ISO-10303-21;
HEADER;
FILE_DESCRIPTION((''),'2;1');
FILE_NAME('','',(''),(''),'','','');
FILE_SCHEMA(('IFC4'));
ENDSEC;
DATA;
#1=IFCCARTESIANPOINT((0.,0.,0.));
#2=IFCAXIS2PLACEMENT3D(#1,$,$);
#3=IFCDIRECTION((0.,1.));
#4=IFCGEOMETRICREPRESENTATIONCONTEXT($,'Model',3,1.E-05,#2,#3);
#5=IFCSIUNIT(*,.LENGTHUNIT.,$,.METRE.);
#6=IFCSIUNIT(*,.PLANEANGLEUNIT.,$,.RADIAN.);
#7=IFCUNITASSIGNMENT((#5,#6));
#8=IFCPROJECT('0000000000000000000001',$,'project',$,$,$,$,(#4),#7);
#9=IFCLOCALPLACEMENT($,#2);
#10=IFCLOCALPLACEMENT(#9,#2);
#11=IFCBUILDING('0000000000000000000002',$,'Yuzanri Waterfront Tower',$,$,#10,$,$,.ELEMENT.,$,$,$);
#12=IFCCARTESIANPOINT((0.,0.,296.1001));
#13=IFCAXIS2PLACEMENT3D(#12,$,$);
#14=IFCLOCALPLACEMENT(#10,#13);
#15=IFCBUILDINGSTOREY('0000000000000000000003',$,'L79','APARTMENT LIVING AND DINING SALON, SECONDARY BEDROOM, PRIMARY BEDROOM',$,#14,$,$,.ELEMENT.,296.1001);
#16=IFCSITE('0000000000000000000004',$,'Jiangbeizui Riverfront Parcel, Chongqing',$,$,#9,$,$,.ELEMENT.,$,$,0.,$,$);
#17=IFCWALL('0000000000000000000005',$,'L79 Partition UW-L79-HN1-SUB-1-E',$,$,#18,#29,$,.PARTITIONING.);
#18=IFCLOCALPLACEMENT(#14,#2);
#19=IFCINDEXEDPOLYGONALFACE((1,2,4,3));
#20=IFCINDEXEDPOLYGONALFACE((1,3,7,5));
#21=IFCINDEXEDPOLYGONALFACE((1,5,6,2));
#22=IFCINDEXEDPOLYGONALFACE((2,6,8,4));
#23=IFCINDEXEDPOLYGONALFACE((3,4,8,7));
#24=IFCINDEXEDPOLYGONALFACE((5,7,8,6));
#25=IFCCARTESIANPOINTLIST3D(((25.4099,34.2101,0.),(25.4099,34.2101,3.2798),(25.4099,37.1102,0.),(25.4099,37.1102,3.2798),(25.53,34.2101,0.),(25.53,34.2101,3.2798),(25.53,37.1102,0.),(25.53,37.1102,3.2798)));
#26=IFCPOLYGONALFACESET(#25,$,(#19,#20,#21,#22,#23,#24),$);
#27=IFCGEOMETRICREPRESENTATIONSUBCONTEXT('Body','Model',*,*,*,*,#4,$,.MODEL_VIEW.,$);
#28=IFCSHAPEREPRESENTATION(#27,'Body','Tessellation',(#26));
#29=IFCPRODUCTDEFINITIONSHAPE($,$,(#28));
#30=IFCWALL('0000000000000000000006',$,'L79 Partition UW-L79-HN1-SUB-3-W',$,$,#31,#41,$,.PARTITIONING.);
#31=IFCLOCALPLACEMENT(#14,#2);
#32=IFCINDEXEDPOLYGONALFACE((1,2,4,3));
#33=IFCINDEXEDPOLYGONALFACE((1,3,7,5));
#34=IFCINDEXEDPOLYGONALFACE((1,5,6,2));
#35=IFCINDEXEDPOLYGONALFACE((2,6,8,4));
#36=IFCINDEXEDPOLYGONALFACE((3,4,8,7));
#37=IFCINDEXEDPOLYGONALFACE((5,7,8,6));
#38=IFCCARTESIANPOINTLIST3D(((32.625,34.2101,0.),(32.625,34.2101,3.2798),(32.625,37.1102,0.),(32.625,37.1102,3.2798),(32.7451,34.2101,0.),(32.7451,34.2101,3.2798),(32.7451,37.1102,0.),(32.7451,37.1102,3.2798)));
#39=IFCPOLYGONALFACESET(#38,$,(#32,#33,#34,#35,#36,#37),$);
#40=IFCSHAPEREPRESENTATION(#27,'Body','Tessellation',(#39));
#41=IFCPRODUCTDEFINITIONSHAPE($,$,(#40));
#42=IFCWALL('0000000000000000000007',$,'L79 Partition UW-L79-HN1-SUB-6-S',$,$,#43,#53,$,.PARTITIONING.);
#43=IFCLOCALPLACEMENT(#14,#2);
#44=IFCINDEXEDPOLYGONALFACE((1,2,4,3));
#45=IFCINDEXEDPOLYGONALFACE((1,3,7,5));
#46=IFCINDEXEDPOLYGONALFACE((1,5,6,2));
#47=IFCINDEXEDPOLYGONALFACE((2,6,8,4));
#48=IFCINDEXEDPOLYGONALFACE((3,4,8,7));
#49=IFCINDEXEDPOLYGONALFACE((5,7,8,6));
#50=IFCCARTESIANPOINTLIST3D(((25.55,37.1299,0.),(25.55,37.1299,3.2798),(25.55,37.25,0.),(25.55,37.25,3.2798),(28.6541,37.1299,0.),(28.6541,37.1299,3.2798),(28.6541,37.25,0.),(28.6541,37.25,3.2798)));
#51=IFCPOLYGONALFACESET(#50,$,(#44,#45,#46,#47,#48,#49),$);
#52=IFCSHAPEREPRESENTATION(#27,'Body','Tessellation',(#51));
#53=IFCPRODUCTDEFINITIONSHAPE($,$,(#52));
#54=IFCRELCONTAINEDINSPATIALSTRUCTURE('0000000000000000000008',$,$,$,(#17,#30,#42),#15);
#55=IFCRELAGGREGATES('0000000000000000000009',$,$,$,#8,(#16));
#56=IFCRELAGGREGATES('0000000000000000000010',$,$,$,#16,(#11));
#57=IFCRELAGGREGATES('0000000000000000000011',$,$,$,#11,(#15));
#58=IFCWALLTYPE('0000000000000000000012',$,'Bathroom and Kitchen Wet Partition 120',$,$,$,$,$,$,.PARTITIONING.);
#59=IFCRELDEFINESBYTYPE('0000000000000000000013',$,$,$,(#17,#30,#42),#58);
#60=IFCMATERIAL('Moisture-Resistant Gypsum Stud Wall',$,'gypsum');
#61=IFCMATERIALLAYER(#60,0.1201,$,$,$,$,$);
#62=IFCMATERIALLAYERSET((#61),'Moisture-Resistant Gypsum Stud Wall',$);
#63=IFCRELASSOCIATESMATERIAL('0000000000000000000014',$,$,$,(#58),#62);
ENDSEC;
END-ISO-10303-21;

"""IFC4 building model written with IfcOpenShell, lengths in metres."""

from ifc_helpers import new_model, si_unit, direction, frame, frame_2d, origin, place, context, subcontext, project, spatial, rectangle, extrude, source, transform, mapped, material, layer, layer_set, type_object, element, save


model = new_model("IFC4")

# Units and contexts
model_context = context("Model", 3, precision=1e-05, world=origin(), true_north=direction((0.0, 1.0)))
body_context = subcontext(model_context, "Body", "Model", "MODEL_VIEW")
ifc_project = project(units=[si_unit("LENGTHUNIT", "METRE"), si_unit("PLANEANGLEUNIT", "RADIAN")], contexts=[model_context])

# Site, building, storey
site_placement = place(None, origin())
site = spatial("IfcSite", under=ifc_project, at=site_placement, Name="Jiangbeizui Riverfront Parcel, Chongqing", CompositionType="ELEMENT", RefElevation=0.0)
building_placement = place(site_placement, origin())
building = spatial("IfcBuilding", under=site, at=building_placement, Name="Yuzanri Waterfront Tower", CompositionType="ELEMENT")
storey_placement = place(building_placement, frame((0.0, 0.0, 296.1001)))
storey = spatial("IfcBuildingStorey", under=building, at=storey_placement, Name="L79", Description="APARTMENT LIVING AND DINING SALON, SECONDARY BEDROOM, PRIMARY BEDROOM", CompositionType="ELEMENT", Elevation=296.1001)

# Shared definitions
ifc_material_1 = material(Name="Moisture-Resistant Gypsum Stud Wall", Category="gypsum")
ifc_layer_1 = layer(ifc_material_1, 0.1201)
ifc_layer_set_1 = layer_set([ifc_layer_1], Name="Moisture-Resistant Gypsum Stud Wall")
wall_type = type_object("IfcWallType", Name="Bathroom and Kitchen Wet Partition 120", PredefinedType="PARTITIONING", material=ifc_layer_set_1)

# Walls
shared_shape_1 = source(origin(), body_context, "Body", "SweptSolid", [
    extrude(rectangle(XDim=2.9001, YDim=0.1201, at=frame_2d((1.4502, 0.0))), origin(), (0.0, 0.0, 1.0), 3.2798),
])
for number, where, z_axis, x_axis, name in (
    (1, (25.47, 34.21, 0.0), (0.0, 0.0, 1.0), (0.0, 1.0, 0.0), "L79 Partition UW-L79-HN1-SUB-1-E"),
    (2, (32.6851, 34.21, 0.0), (0.0, 0.0, 1.0), (0.0, 1.0, 0.0), "L79 Partition UW-L79-HN1-SUB-3-W"),
):
    element("IfcWall", number, at=place(storey_placement, frame(where, z_axis=z_axis, x_axis=x_axis)), inside=storey, type_object=wall_type, Name=name, PredefinedType="PARTITIONING", context=body_context, shape_type="MappedRepresentation", body=[
        mapped(shared_shape_1, transform((0.0, 0.0, 0.0), scale=1.0)),
    ])
shared_shape_2 = source(origin(), body_context, "Body", "SweptSolid", [
    extrude(rectangle(XDim=3.104, YDim=0.1201, at=frame_2d((1.552, 0.0))), origin(), (0.0, 0.0, 1.0), 3.2798),
])
wall_1_placement = place(storey_placement, frame((25.55, 37.1899, 0.0), z_axis=(0.0, 0.0, 1.0), x_axis=(1.0, 0.0, 0.0)))
element("IfcWall", 3, at=wall_1_placement, inside=storey, type_object=wall_type, Name="L79 Partition UW-L79-HN1-SUB-6-S", PredefinedType="PARTITIONING", context=body_context, shape_type="MappedRepresentation", body=[
    mapped(shared_shape_2, transform((0.0, 0.0, 0.0), scale=1.0)),
])

save(model, "model.ifc")
